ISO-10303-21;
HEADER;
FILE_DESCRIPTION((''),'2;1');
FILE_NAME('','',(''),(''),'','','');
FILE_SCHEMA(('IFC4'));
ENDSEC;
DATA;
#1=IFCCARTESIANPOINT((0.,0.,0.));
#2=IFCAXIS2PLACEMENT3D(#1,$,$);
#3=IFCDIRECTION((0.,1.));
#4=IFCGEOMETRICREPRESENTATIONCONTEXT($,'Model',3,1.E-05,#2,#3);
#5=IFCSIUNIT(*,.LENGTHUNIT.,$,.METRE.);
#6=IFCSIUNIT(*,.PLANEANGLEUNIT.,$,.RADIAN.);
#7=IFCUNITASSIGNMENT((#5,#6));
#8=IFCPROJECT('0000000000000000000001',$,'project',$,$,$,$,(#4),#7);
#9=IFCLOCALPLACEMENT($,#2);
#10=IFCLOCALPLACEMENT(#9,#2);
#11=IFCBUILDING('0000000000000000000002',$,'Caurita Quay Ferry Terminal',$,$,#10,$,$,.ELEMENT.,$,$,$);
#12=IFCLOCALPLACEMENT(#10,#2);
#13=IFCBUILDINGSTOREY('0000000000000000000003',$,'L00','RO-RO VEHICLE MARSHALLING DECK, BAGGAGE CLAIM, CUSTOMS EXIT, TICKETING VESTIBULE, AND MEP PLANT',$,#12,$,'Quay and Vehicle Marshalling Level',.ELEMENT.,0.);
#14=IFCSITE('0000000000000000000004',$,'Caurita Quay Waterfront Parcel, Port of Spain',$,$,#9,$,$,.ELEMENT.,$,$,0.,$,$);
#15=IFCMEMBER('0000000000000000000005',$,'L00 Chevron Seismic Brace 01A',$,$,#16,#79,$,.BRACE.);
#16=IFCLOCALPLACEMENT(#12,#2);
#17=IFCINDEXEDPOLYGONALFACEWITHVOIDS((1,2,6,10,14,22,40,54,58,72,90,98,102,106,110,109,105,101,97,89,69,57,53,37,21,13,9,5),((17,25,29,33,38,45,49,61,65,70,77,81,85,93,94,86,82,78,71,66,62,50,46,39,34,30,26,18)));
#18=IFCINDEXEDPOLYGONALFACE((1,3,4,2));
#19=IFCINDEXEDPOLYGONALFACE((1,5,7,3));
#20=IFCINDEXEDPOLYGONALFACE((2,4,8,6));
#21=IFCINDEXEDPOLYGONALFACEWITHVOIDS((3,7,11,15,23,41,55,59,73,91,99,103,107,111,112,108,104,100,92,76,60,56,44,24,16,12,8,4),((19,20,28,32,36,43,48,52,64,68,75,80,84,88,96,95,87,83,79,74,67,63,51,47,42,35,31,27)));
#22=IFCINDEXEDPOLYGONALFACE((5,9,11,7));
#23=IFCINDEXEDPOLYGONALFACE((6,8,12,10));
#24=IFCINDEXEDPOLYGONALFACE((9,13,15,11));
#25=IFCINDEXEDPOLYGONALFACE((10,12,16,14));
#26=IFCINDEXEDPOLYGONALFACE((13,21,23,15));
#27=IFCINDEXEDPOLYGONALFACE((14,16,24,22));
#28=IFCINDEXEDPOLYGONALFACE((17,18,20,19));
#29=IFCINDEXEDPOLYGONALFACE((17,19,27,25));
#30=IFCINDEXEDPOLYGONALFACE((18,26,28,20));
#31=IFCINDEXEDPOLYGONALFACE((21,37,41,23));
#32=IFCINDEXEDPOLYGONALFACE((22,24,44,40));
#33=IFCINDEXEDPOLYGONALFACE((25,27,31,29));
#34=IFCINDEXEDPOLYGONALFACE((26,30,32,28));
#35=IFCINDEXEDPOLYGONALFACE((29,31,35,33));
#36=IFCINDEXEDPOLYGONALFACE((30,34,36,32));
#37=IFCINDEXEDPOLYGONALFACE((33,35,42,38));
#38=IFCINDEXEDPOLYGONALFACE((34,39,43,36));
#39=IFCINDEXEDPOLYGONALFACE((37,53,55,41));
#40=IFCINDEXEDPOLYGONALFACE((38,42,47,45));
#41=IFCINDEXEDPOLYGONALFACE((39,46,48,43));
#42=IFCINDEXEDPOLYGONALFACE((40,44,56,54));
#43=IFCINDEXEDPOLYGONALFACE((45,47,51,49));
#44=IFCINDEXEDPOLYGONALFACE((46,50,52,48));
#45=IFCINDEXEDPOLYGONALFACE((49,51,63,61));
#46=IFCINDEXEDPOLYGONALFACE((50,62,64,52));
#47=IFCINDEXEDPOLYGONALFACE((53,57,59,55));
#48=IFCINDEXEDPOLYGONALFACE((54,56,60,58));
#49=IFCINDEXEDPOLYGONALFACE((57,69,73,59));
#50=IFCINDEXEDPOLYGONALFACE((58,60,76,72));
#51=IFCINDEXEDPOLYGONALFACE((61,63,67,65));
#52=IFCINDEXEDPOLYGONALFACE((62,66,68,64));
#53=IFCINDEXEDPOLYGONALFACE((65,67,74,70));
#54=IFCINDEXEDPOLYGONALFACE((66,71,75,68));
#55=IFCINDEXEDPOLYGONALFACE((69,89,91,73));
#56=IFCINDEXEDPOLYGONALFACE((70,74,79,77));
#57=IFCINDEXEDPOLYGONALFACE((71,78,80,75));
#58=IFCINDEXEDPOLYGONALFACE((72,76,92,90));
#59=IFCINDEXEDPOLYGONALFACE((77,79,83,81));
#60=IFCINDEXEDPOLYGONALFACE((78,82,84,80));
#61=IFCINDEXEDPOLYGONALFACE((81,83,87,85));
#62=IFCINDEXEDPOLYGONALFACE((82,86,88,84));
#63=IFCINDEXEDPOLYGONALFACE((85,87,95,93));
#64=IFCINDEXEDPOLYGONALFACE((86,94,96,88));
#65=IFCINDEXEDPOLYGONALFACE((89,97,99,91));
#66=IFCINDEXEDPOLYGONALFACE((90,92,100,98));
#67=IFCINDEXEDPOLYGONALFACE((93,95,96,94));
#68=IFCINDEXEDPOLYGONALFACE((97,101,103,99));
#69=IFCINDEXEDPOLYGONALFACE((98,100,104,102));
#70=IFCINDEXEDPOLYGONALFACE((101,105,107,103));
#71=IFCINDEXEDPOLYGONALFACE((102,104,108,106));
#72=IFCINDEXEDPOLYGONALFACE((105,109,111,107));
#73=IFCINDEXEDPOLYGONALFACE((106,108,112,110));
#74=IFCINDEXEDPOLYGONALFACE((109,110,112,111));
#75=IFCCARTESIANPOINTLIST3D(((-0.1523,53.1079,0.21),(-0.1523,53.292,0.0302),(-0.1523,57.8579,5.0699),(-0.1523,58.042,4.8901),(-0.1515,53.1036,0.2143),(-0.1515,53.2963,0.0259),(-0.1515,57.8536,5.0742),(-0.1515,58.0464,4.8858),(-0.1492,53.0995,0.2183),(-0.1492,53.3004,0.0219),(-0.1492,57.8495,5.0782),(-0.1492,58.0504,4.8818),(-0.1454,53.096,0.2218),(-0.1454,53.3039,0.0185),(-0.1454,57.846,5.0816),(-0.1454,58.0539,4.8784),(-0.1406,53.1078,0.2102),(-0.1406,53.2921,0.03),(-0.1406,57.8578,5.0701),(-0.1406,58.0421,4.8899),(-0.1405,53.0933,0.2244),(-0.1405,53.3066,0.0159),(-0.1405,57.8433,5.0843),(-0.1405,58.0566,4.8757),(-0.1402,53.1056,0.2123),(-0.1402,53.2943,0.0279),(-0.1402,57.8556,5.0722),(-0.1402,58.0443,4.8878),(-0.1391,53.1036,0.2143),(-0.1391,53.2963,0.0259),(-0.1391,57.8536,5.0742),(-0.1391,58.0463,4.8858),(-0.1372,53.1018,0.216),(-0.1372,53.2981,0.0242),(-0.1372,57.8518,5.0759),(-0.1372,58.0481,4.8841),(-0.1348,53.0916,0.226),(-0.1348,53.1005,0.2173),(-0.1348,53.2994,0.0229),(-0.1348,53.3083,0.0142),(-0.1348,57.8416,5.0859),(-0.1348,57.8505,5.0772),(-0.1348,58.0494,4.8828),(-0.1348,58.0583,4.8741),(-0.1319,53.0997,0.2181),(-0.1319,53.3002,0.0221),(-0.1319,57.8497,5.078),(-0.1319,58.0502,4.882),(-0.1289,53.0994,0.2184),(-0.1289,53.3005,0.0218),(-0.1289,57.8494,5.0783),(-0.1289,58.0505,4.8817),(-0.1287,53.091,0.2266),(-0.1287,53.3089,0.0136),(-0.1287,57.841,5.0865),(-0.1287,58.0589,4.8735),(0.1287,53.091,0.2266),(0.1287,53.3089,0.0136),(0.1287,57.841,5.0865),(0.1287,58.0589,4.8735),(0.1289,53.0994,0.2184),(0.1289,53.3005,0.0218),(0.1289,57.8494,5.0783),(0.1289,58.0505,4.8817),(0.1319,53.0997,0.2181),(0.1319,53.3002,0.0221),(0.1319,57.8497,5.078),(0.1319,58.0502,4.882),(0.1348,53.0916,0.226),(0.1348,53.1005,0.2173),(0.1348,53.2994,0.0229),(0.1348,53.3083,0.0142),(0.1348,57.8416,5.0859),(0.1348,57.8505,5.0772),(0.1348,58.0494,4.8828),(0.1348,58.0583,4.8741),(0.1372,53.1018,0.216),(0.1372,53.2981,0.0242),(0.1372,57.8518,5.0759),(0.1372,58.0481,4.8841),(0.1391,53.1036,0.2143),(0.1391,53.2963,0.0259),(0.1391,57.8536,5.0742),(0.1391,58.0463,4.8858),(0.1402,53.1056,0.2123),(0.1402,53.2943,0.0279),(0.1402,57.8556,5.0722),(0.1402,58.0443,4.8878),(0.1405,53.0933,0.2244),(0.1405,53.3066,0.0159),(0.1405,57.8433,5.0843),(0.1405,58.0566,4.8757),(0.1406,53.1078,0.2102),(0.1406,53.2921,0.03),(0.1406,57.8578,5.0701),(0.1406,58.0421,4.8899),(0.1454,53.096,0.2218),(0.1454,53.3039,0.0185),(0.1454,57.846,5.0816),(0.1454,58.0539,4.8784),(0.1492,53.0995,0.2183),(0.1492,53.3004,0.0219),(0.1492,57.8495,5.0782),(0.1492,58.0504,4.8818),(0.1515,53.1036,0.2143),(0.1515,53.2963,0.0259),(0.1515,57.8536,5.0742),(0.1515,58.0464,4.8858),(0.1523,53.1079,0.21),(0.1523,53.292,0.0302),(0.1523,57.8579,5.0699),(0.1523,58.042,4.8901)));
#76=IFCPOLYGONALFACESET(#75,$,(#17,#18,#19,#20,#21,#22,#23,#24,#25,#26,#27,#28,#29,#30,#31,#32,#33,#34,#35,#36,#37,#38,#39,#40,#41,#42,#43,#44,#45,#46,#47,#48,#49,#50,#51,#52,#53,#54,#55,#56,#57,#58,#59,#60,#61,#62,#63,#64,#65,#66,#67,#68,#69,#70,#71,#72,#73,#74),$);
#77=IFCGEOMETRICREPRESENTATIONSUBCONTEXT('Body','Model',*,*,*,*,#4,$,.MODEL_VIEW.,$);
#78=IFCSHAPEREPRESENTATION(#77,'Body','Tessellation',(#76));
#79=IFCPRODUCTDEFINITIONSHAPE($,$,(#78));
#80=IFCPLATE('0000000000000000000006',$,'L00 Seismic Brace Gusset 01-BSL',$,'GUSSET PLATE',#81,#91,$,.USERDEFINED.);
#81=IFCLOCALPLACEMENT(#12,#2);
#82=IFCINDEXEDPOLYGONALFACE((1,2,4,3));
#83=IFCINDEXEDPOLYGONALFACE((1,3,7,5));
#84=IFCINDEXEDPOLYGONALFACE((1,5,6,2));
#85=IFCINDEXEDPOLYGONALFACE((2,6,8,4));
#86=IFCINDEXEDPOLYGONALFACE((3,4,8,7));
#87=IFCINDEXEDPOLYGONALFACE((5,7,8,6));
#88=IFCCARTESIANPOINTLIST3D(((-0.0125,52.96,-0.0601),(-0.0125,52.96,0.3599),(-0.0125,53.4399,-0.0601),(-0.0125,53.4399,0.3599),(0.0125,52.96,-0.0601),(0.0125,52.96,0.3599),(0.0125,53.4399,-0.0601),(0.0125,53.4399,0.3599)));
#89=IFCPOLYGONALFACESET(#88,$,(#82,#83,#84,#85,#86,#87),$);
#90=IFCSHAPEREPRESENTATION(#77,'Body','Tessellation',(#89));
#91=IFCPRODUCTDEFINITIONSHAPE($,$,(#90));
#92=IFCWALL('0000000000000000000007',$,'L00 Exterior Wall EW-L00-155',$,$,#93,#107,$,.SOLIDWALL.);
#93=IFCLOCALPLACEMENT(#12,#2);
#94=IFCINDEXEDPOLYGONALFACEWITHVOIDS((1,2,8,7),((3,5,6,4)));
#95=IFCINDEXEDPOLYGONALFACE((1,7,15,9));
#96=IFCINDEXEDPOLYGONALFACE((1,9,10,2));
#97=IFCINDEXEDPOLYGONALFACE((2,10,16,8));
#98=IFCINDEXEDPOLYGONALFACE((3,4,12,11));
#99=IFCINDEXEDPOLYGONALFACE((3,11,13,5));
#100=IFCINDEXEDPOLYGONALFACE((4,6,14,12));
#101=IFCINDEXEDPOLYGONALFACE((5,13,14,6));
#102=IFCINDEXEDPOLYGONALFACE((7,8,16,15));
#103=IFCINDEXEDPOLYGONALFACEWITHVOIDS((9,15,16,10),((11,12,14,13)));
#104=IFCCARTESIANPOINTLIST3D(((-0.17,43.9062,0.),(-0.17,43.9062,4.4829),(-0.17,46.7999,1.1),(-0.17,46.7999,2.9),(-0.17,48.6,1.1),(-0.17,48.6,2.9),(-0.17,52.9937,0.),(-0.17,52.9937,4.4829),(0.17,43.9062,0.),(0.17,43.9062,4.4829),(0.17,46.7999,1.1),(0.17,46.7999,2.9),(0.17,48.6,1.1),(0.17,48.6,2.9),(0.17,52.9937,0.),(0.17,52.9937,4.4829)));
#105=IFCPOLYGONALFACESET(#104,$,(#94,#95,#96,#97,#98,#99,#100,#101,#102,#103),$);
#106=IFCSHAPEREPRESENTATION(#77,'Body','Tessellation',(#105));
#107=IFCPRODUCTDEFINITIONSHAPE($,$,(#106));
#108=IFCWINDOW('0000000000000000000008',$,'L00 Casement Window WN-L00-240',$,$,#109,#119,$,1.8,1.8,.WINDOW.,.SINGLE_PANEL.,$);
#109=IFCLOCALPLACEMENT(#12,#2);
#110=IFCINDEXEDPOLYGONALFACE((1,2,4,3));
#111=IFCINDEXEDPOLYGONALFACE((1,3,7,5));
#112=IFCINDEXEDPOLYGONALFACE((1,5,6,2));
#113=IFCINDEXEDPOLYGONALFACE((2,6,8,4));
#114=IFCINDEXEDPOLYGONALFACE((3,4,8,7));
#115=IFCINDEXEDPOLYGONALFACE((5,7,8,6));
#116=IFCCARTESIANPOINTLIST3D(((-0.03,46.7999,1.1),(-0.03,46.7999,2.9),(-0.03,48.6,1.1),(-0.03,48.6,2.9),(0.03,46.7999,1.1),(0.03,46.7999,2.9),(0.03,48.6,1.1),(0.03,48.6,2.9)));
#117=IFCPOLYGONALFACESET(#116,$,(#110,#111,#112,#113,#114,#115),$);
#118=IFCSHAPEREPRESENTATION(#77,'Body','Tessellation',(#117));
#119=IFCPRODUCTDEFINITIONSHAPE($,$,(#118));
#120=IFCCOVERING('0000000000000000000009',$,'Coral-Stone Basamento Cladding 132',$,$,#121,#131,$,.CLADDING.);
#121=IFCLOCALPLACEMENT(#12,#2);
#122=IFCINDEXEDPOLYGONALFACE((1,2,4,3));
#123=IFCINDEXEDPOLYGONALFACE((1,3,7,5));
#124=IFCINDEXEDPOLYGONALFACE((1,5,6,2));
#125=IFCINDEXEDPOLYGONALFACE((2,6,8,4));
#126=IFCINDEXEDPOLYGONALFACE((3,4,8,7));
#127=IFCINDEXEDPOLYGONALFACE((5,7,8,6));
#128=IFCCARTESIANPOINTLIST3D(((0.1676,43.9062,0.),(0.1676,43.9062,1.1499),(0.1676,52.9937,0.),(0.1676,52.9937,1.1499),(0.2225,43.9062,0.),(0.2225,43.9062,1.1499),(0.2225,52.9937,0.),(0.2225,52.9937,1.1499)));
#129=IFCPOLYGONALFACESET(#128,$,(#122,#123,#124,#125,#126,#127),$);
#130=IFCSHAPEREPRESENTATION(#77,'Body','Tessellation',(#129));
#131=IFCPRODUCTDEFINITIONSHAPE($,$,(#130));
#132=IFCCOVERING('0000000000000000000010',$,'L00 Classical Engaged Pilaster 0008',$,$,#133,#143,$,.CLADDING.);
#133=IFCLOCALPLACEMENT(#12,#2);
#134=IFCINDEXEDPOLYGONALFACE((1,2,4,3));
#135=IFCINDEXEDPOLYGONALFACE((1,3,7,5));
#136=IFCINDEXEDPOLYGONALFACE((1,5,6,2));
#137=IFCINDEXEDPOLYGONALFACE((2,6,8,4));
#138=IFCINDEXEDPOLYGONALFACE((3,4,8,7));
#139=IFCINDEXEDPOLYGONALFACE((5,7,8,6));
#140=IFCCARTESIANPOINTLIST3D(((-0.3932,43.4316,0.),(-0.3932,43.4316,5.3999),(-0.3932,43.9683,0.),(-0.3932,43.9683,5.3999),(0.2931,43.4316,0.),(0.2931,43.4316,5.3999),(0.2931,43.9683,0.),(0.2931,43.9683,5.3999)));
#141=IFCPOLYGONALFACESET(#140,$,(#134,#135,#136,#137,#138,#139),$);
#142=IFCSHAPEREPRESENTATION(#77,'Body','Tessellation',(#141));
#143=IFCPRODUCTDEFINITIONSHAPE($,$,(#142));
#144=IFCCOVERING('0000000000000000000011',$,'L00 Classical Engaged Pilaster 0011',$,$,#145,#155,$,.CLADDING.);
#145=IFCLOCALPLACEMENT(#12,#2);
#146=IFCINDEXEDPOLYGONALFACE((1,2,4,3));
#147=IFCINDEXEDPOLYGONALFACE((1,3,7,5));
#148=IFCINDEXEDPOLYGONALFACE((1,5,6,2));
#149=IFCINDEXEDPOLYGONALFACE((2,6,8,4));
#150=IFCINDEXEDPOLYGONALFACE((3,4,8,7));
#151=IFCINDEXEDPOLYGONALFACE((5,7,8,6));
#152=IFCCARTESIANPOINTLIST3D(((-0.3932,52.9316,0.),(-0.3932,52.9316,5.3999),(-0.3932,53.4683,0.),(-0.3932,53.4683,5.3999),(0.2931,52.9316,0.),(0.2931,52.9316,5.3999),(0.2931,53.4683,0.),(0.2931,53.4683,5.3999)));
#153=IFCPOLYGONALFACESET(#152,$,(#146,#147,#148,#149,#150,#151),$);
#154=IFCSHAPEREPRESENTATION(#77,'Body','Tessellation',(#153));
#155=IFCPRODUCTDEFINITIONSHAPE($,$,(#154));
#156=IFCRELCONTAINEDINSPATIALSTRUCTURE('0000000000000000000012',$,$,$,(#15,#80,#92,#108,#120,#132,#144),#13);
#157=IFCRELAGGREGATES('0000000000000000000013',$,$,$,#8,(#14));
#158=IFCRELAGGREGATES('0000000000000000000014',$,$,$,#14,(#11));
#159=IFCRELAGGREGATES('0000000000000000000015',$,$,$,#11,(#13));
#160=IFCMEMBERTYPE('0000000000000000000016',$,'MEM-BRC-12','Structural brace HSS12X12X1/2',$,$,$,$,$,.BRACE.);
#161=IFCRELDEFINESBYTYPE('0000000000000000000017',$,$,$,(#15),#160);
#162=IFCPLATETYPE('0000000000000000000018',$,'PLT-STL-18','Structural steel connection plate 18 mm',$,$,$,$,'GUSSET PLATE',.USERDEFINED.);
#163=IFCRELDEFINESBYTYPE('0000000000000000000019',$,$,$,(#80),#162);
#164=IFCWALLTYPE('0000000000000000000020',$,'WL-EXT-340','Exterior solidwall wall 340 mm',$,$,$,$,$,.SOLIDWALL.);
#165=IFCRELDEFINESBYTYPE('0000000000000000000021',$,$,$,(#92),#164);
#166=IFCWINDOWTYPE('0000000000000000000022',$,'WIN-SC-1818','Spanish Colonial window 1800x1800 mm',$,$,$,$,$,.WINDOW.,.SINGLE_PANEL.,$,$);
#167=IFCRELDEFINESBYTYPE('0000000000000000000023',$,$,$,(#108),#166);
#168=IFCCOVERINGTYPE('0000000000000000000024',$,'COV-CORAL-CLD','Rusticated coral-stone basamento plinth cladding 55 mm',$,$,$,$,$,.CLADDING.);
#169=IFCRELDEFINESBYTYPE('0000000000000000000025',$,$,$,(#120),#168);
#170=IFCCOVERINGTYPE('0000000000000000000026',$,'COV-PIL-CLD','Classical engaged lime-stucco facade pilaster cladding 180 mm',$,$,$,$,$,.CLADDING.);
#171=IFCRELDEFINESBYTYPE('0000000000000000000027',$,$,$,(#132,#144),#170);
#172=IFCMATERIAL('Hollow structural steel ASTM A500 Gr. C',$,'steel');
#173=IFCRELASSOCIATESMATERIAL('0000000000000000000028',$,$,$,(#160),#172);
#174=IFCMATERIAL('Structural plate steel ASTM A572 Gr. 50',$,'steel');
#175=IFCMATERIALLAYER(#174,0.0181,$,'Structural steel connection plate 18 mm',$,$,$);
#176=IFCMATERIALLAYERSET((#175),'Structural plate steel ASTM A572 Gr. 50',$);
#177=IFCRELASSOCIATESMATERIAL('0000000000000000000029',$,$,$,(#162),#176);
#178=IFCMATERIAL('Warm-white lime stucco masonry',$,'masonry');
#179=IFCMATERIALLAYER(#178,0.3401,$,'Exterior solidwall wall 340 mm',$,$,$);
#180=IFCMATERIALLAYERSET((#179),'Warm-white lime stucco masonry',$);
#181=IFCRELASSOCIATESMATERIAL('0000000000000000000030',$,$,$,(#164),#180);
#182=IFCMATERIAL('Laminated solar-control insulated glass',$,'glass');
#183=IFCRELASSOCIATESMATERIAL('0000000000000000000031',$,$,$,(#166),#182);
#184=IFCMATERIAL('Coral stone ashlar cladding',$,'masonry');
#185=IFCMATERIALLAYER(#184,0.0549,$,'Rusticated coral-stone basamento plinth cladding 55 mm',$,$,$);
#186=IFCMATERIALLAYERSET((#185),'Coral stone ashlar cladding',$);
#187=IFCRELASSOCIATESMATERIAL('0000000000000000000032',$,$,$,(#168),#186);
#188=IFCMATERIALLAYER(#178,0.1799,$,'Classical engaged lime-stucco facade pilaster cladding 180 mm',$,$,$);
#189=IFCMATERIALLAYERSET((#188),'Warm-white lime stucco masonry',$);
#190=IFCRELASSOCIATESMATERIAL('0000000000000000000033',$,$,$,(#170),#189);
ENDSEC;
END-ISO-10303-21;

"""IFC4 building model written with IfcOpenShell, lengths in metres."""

from ifc_helpers import new_model, si_unit, direction, frame, frame_2d, origin, origin_2d, place, context, subcontext, project, spatial, rectangle, hollow_rectangle, extrude, material, layer, layer_set, material_profile, profile_set, type_object, element, fill, save


model = new_model("IFC4")

# Units and contexts
model_context = context("Model", 3, precision=1e-05, world=origin(), true_north=direction((0.0, 1.0)))
body_context = subcontext(model_context, "Body", "Model", "MODEL_VIEW")
ifc_project = project(units=[si_unit("LENGTHUNIT", "METRE"), si_unit("PLANEANGLEUNIT", "RADIAN")], contexts=[model_context])

# Site, building, storey
site_placement = place(None, origin())
site = spatial("IfcSite", under=ifc_project, at=site_placement, Name="Caurita Quay Waterfront Parcel, Port of Spain", CompositionType="ELEMENT", RefElevation=0.0)
building_placement = place(site_placement, origin())
building = spatial("IfcBuilding", under=site, at=building_placement, Name="Caurita Quay Ferry Terminal", CompositionType="ELEMENT")
storey_placement = place(building_placement, origin())
storey = spatial("IfcBuildingStorey", under=building, at=storey_placement, Name="L00", Description="RO-RO VEHICLE MARSHALLING DECK, BAGGAGE CLAIM, CUSTOMS EXIT, TICKETING VESTIBULE, AND MEP PLANT", LongName="Quay and Vehicle Marshalling Level", CompositionType="ELEMENT", Elevation=0.0)

# Member
ifc_material_1 = material(Name="Hollow structural steel ASTM A500 Gr. C", Category="steel")
ifc_material_profile_1 = material_profile(ifc_material_1, hollow_rectangle(XDim=0.3047, YDim=0.3047, WallThickness=0.0117, InnerFilletRadius=0.0117, OuterFilletRadius=0.0237, at=origin_2d()), Name="HSS12X12X1/2")
ifc_profile_set_1 = profile_set([ifc_material_profile_1], Name="Hollow structural steel ASTM A500 Gr. C")
member_type = type_object("IfcMemberType", Name="MEM-BRC-12", Description="Structural brace HSS12X12X1/2", PredefinedType="BRACE", material=ifc_profile_set_1)
member_placement = place(storey_placement, frame((0.0, 53.2, 0.1201), z_axis=(0.0, 0.698977, 0.715144), x_axis=(-1.0, 0.0, 0.0)))
element("IfcMember", 1, at=member_placement, inside=storey, type_object=member_type, Name="L00 Chevron Seismic Brace 01A", PredefinedType="BRACE", context=body_context, shape_type="SweptSolid", body=[
    extrude(hollow_rectangle(XDim=0.3047, YDim=0.3047, WallThickness=0.0117, InnerFilletRadius=0.0117, OuterFilletRadius=0.0237, at=origin_2d()), origin(), (0.0, 0.0, 1.0), 6.7957),
])

# Plate
ifc_material_2 = material(Name="Structural plate steel ASTM A572 Gr. 50", Category="steel")
ifc_layer_1 = layer(ifc_material_2, 0.0181, Name="Structural steel connection plate 18 mm")
ifc_layer_set_1 = layer_set([ifc_layer_1], Name="Structural plate steel ASTM A572 Gr. 50")
plate_type = type_object("IfcPlateType", Name="PLT-STL-18", Description="Structural steel connection plate 18 mm", ElementType="GUSSET PLATE", PredefinedType="USERDEFINED", material=ifc_layer_set_1)
plate_placement = place(storey_placement, frame((0.0, 53.2, -0.0601), z_axis=(0.0, 0.0, 1.0), x_axis=(0.0, 1.0, 0.0)))
element("IfcPlate", 2, at=plate_placement, inside=storey, type_object=plate_type, Name="L00 Seismic Brace Gusset 01-BSL", ObjectType="GUSSET PLATE", PredefinedType="USERDEFINED", context=body_context, shape_type="SweptSolid", body=[
    extrude(rectangle(XDim=0.48, YDim=0.0249, at=origin_2d()), origin(), (0.0, 0.0, 1.0), 0.4199),
])

# Wall, opening, window
ifc_material_3 = material(Name="Warm-white lime stucco masonry", Category="masonry")
ifc_layer_2 = layer(ifc_material_3, 0.3401, Name="Exterior solidwall wall 340 mm")
ifc_layer_set_2 = layer_set([ifc_layer_2], Name="Warm-white lime stucco masonry")
wall_type = type_object("IfcWallType", Name="WL-EXT-340", Description="Exterior solidwall wall 340 mm", PredefinedType="SOLIDWALL", material=ifc_layer_set_2)
wall_placement = place(storey_placement, frame((0.0, 43.9062, 0.0), z_axis=(0.0, 0.0, 1.0), x_axis=(0.0, 1.0, 0.0)))
wall = element("IfcWall", 3, at=wall_placement, inside=storey, type_object=wall_type, Name="L00 Exterior Wall EW-L00-155", PredefinedType="SOLIDWALL", context=body_context, shape_type="SweptSolid", body=[
    extrude(rectangle(XDim=9.0874, YDim=0.3401, at=frame_2d((4.5437, 0.0))), origin(), (0.0, 0.0, 1.0), 4.4829),
])
opening_placement = place(wall_placement, frame((2.8938, 0.0, 1.1001)))
opening = element("IfcOpeningElement", 4, at=opening_placement, cuts=wall, PredefinedType="OPENING", context=body_context, shape_type="SweptSolid", body=[
    extrude(rectangle(XDim=1.8, YDim=1.8, at=frame_2d((0.8999, 0.8999))), frame((0.0, 0.1799, 0.0), z_axis=(0.0, -1.0, 0.0), x_axis=(1.0, 0.0, 0.0)), (0.0, 0.0, 1.0), 0.3601),
])
ifc_material_4 = material(Name="Laminated solar-control insulated glass", Category="glass")
window_type = type_object("IfcWindowType", Name="WIN-SC-1818", Description="Spanish Colonial window 1800x1800 mm", PartitioningType="SINGLE_PANEL", PredefinedType="WINDOW", material=ifc_material_4)
window_placement = place(opening_placement, origin())
window = element("IfcWindow", 5, at=window_placement, inside=storey, type_object=window_type, Name="L00 Casement Window WN-L00-240", OverallHeight=1.8, OverallWidth=1.8, PartitioningType="SINGLE_PANEL", PredefinedType="WINDOW", context=body_context, shape_type="SweptSolid", body=[
    extrude(rectangle(XDim=1.8, YDim=1.8, at=frame_2d((0.8999, 0.8999))), frame((0.0, 0.03, 0.0), z_axis=(0.0, -1.0, 0.0), x_axis=(1.0, 0.0, 0.0)), (0.0, 0.0, 1.0), 0.0601),
])
fill(opening, window)

# Coverings
ifc_material_5 = material(Name="Coral stone ashlar cladding", Category="masonry")
ifc_layer_3 = layer(ifc_material_5, 0.0549, Name="Rusticated coral-stone basamento plinth cladding 55 mm")
ifc_layer_set_3 = layer_set([ifc_layer_3], Name="Coral stone ashlar cladding")
covering_type_1 = type_object("IfcCoveringType", Name="COV-CORAL-CLD", Description="Rusticated coral-stone basamento plinth cladding 55 mm", PredefinedType="CLADDING", material=ifc_layer_set_3)
covering_placement = place(storey_placement, frame((0.1951, 43.9062, 0.0), z_axis=(0.0, 0.0, 1.0), x_axis=(0.0, 1.0, 0.0)))
element("IfcCovering", 6, at=covering_placement, inside=storey, type_object=covering_type_1, Name="Coral-Stone Basamento Cladding 132", PredefinedType="CLADDING", context=body_context, shape_type="SweptSolid", body=[
    extrude(rectangle(XDim=9.0874, YDim=0.0549, at=frame_2d((4.5437, 0.0))), origin(), (0.0, 0.0, 1.0), 1.1499),
])
ifc_layer_4 = layer(ifc_material_3, 0.1799, Name="Classical engaged lime-stucco facade pilaster cladding 180 mm")
ifc_layer_set_4 = layer_set([ifc_layer_4], Name="Warm-white lime stucco masonry")
covering_type_2 = type_object("IfcCoveringType", Name="COV-PIL-CLD", Description="Classical engaged lime-stucco facade pilaster cladding 180 mm", PredefinedType="CLADDING", material=ifc_layer_set_4)
for number, where, z_axis, x_axis, name in (
    (7, (-0.05, 43.7, 0.0), (0.0, 0.0, 1.0), (1.0, 0.0, 0.0), "L00 Classical Engaged Pilaster 0008"),
    (8, (-0.05, 53.2, 0.0), (0.0, 0.0, 1.0), (1.0, 0.0, 0.0), "L00 Classical Engaged Pilaster 0011"),
):
    element("IfcCovering", number, at=place(storey_placement, frame(where, z_axis=z_axis, x_axis=x_axis)), inside=storey, type_object=covering_type_2, Name=name, PredefinedType="CLADDING", context=body_context, shape_type="SweptSolid", body=[
        extrude(rectangle(XDim=0.6863, YDim=0.5366, at=origin_2d()), origin(), (0.0, 0.0, 1.0), 5.3999),
    ])

save(model, "model.ifc")
